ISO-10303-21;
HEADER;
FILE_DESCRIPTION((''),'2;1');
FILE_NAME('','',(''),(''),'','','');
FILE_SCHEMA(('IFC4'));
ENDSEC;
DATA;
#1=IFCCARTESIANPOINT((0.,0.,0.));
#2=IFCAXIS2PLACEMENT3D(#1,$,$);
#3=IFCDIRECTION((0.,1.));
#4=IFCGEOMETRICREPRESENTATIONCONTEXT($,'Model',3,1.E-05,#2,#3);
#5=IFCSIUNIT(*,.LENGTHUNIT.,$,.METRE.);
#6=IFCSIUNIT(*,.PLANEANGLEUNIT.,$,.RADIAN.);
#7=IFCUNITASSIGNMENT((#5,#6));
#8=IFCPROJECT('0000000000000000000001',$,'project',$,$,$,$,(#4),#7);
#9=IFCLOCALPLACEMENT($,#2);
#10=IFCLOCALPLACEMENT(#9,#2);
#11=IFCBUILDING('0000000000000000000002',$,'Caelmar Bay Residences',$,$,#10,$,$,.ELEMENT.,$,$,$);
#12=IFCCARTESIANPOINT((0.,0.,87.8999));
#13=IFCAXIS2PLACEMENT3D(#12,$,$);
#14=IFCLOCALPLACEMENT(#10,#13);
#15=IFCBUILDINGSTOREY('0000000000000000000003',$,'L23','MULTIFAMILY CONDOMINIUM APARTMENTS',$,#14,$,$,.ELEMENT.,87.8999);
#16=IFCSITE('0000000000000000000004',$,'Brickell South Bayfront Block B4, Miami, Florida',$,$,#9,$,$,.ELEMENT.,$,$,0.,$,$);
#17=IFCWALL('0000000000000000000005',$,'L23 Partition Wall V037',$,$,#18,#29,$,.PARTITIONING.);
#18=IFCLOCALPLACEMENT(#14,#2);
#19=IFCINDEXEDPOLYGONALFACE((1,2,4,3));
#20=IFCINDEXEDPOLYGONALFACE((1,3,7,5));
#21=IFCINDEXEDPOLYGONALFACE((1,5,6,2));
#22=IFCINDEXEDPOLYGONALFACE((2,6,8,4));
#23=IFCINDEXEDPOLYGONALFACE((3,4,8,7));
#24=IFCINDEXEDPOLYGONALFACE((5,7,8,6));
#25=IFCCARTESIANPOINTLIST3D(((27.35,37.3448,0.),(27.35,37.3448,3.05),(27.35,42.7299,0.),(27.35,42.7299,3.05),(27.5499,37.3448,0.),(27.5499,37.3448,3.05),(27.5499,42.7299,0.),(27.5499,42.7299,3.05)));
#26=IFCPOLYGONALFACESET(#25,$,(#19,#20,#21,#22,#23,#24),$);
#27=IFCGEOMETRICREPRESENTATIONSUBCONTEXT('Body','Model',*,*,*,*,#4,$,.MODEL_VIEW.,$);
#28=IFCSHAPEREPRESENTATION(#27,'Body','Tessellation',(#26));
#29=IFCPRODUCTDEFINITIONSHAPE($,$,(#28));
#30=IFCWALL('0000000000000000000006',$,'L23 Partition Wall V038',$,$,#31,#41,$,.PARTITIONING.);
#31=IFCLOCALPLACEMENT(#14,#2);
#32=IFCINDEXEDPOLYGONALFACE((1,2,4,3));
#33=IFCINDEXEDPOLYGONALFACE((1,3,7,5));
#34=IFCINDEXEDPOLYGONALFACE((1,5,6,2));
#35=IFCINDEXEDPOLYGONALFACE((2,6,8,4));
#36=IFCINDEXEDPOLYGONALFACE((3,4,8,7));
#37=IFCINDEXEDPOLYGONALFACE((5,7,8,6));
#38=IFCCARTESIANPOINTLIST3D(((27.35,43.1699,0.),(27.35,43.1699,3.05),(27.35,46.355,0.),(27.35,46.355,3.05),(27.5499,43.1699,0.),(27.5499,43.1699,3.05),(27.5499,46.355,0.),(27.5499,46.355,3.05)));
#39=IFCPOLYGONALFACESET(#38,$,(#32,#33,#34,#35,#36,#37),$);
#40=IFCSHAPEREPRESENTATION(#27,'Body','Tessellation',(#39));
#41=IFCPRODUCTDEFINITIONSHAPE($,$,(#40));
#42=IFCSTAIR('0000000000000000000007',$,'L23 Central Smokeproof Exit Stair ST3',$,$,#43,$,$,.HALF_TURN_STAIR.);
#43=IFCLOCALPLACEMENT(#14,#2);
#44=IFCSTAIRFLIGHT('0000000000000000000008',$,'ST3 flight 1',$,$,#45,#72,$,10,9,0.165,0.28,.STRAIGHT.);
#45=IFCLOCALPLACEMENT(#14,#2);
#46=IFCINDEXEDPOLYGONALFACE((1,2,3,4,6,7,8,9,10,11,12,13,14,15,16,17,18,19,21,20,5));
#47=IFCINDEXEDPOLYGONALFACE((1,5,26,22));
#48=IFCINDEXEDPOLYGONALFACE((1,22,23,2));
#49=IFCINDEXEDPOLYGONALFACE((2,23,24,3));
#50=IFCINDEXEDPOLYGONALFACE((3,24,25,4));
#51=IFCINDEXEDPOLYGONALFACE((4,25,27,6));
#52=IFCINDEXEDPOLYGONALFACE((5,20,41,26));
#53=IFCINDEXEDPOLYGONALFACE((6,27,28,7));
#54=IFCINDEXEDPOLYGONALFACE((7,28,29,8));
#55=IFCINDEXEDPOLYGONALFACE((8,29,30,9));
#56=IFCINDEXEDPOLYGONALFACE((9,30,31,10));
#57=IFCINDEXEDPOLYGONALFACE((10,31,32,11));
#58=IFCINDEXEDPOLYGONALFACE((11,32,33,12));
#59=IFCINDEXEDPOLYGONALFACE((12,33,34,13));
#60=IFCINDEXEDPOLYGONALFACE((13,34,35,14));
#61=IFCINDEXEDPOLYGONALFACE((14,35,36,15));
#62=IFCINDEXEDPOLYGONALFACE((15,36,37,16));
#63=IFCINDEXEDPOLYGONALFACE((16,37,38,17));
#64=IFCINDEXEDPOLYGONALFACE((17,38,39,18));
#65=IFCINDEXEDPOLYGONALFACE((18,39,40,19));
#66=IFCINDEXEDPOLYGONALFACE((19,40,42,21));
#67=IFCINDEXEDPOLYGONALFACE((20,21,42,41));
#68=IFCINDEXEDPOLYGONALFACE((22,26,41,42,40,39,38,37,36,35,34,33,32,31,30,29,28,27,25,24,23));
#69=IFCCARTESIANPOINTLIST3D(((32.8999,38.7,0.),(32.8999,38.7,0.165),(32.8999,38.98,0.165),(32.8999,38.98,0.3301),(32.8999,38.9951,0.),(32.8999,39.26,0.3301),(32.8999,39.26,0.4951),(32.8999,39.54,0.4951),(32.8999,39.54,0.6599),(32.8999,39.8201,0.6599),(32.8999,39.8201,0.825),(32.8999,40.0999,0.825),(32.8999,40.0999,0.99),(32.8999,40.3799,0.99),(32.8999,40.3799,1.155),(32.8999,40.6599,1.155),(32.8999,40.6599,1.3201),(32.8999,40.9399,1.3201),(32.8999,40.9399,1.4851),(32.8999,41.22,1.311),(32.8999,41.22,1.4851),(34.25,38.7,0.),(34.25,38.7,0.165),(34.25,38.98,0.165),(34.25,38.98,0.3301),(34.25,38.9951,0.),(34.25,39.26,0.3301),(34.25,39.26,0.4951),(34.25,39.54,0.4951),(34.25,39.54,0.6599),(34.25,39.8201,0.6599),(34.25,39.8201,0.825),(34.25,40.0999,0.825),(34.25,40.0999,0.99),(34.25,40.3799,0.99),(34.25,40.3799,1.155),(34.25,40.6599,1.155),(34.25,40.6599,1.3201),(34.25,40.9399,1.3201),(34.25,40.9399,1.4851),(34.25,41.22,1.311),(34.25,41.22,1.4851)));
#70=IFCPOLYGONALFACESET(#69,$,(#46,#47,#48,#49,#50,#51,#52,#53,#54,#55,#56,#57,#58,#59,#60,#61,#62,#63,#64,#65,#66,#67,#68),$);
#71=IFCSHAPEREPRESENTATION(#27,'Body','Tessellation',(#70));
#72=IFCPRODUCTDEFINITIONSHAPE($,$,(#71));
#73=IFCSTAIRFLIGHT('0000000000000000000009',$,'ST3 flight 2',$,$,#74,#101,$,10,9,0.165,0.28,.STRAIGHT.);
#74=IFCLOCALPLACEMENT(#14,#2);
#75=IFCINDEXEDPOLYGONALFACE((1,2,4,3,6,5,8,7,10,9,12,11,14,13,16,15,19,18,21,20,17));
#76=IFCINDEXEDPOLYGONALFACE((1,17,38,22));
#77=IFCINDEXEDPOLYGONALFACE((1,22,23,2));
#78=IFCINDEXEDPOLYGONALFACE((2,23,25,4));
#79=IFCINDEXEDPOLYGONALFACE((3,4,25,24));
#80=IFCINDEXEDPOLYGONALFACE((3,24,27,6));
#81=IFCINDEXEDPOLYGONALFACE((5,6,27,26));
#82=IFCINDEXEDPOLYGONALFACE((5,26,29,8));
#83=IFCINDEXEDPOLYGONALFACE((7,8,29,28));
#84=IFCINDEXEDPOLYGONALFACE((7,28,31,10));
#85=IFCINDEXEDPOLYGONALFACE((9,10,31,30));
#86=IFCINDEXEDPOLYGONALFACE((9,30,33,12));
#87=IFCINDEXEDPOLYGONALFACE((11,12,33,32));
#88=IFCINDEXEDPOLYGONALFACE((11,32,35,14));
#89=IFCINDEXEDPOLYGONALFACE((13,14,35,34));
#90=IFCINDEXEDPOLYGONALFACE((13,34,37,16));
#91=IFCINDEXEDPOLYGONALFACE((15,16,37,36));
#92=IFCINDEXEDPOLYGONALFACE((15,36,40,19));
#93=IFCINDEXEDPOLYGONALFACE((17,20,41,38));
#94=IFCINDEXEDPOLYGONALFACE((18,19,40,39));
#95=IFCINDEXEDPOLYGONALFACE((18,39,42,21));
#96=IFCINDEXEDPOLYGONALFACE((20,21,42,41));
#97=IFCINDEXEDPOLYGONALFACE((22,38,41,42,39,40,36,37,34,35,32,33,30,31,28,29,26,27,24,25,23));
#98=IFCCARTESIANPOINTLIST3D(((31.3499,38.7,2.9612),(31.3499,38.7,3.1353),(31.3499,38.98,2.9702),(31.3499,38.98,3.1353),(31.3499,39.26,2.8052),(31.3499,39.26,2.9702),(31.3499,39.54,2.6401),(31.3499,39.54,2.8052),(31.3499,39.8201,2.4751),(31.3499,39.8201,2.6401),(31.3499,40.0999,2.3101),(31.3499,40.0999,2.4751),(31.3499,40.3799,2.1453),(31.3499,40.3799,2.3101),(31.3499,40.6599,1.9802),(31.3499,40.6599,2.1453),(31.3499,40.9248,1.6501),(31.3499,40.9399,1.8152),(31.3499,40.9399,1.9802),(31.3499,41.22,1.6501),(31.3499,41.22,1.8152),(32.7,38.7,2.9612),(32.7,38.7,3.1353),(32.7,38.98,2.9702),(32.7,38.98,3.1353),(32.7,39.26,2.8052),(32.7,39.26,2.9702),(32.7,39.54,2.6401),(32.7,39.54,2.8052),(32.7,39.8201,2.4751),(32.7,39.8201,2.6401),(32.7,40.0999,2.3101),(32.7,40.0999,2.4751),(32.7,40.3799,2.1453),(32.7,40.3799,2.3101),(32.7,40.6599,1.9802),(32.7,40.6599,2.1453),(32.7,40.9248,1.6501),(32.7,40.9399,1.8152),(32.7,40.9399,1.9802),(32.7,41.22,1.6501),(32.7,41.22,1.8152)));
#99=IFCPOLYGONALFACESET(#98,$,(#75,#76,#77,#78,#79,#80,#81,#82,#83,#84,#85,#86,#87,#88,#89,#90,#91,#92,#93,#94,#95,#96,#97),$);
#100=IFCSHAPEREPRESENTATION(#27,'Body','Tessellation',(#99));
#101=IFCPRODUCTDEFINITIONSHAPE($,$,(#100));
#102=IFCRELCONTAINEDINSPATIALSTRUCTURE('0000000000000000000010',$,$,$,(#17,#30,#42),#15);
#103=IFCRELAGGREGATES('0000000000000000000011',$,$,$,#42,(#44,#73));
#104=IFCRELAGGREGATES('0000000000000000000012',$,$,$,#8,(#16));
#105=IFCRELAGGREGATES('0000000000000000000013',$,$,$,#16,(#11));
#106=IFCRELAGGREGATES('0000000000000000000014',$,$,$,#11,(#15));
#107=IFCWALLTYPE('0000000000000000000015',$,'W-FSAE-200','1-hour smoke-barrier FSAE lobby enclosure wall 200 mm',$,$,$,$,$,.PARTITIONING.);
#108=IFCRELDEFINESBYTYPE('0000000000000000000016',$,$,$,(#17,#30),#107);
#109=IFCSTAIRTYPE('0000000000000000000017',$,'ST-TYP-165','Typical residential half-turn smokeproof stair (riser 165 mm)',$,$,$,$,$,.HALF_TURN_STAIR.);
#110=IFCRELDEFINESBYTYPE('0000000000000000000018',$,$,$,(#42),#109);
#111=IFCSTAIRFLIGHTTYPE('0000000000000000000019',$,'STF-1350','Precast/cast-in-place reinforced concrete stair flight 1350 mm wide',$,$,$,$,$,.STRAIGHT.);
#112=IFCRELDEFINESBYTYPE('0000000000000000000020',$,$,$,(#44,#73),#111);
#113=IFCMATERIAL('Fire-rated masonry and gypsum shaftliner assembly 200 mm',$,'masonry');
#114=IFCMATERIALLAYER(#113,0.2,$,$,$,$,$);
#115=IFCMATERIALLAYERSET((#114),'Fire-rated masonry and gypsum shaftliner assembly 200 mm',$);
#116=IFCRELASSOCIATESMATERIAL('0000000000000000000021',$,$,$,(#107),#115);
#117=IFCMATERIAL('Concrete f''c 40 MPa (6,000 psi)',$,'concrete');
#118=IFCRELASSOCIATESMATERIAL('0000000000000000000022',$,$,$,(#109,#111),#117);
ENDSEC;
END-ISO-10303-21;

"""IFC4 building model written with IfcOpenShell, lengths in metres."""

from ifc_helpers import new_model, si_unit, direction, frame, frame_2d, origin, place, context, subcontext, project, spatial, polyline, rectangle, outline, extrude, material, layer, layer_set, type_object, element, aggregate, save


model = new_model("IFC4")

# Units and contexts
model_context = context("Model", 3, precision=1e-05, world=origin(), true_north=direction((0.0, 1.0)))
body_context = subcontext(model_context, "Body", "Model", "MODEL_VIEW")
ifc_project = project(units=[si_unit("LENGTHUNIT", "METRE"), si_unit("PLANEANGLEUNIT", "RADIAN")], contexts=[model_context])

# Site, building, storey
site_placement = place(None, origin())
site = spatial("IfcSite", under=ifc_project, at=site_placement, Name="Brickell South Bayfront Block B4, Miami, Florida", CompositionType="ELEMENT", RefElevation=0.0)
building_placement = place(site_placement, origin())
building = spatial("IfcBuilding", under=site, at=building_placement, Name="Caelmar Bay Residences", CompositionType="ELEMENT")
storey_placement = place(building_placement, frame((0.0, 0.0, 87.8999)))
storey = spatial("IfcBuildingStorey", under=building, at=storey_placement, Name="L23", Description="MULTIFAMILY CONDOMINIUM APARTMENTS", CompositionType="ELEMENT", Elevation=87.8999)

# Walls
ifc_material_1 = material(Name="Fire-rated masonry and gypsum shaftliner assembly 200 mm", Category="masonry")
ifc_layer_1 = layer(ifc_material_1, 0.2)
ifc_layer_set_1 = layer_set([ifc_layer_1], Name="Fire-rated masonry and gypsum shaftliner assembly 200 mm")
wall_type_1 = type_object("IfcWallType", Name="W-FSAE-200", Description="1-hour smoke-barrier FSAE lobby enclosure wall 200 mm", PredefinedType="PARTITIONING", material=ifc_layer_set_1)
wall_1_placement = place(storey_placement, frame((27.45, 37.345, 0.0), z_axis=(0.0, 0.0, 1.0), x_axis=(0.0, 1.0, 0.0)))
element("IfcWall", 1, at=wall_1_placement, inside=storey, type_object=wall_type_1, Name="L23 Partition Wall V037", PredefinedType="PARTITIONING", context=body_context, shape_type="SweptSolid", body=[
    extrude(rectangle(XDim=5.385, YDim=0.2, at=frame_2d((2.6924, 0.0))), origin(), (0.0, 0.0, 1.0), 3.05),
])
wall_2_placement = place(storey_placement, frame((27.45, 43.1699, 0.0), z_axis=(0.0, 0.0, 1.0), x_axis=(0.0, 1.0, 0.0)))
element("IfcWall", 2, at=wall_2_placement, inside=storey, type_object=wall_type_1, Name="L23 Partition Wall V038", PredefinedType="PARTITIONING", context=body_context, shape_type="SweptSolid", body=[
    extrude(rectangle(XDim=3.1851, YDim=0.2, at=frame_2d((1.5925, 0.0))), origin(), (0.0, 0.0, 1.0), 3.05),
])

# Stair, stair flights
ifc_material_2 = material(Name="Concrete f'c 40 MPa (6,000 psi)", Category="concrete")
stair_type = type_object("IfcStairType", Name="ST-TYP-165", Description="Typical residential half-turn smokeproof stair (riser 165 mm)", PredefinedType="HALF_TURN_STAIR", material=ifc_material_2)
stair_placement = place(storey_placement, origin())
stair = element("IfcStair", 3, at=stair_placement, inside=storey, type_object=stair_type, Name="L23 Central Smokeproof Exit Stair ST3", PredefinedType="HALF_TURN_STAIR")
stair_flight_type = type_object("IfcStairFlightType", Name="STF-1350", Description="Precast/cast-in-place reinforced concrete stair flight 1350 mm wide", PredefinedType="STRAIGHT", material=ifc_material_2)
stair_flight_1_placement = place(storey_placement, frame((33.575, 38.7, 0.0), z_axis=(0.0, 0.0, 1.0), x_axis=(0.0, 1.0, 0.0)))
stair_flight_1 = element("IfcStairFlight", 4, at=stair_flight_1_placement, type_object=stair_flight_type, Name="ST3 flight 1", NumberOfRisers=10, NumberOfTreads=9, PredefinedType="STRAIGHT", RiserHeight=0.165, TreadLength=0.28, context=body_context, shape_type="SweptSolid", body=[
    extrude(outline(polyline([(0.0, 0.0), (0.0, 0.165), (0.28, 0.165), (0.28, 0.3301), (0.5601, 0.3301), (0.5601, 0.4951), (0.8401, 0.4951), (0.8401, 0.6599), (1.1201, 0.6599), (1.1201, 0.825), (1.3999, 0.825), (1.3999, 0.99), (1.6799, 0.99), (1.6799, 1.155), (1.96, 1.155), (1.96, 1.3201), (2.24, 1.3201), (2.24, 1.4851), (2.52, 1.4851), (2.52, 1.6499), (2.52, 1.311), (0.2952, 0.0), (0.0, 0.0)])), frame((0.0, 0.675, 0.0), z_axis=(0.0, -1.0, 0.0), x_axis=(1.0, 0.0, 0.0)), (0.0, 0.0, 1.0), 1.3501),
])
stair_flight_2_placement = place(storey_placement, frame((32.0249, 41.22, 1.6501), z_axis=(0.0, 0.0, 1.0), x_axis=(0.0, -1.0, 0.0)))
stair_flight_2 = element("IfcStairFlight", 5, at=stair_flight_2_placement, type_object=stair_flight_type, Name="ST3 flight 2", NumberOfRisers=10, NumberOfTreads=9, PredefinedType="STRAIGHT", RiserHeight=0.165, TreadLength=0.28, context=body_context, shape_type="SweptSolid", body=[
    extrude(outline(polyline([(0.0, 0.0), (0.0, 0.165), (0.28, 0.165), (0.28, 0.3301), (0.5601, 0.3301), (0.5601, 0.4951), (0.8401, 0.4951), (0.8401, 0.6599), (1.1201, 0.6599), (1.1201, 0.825), (1.3999, 0.825), (1.3999, 0.99), (1.6799, 0.99), (1.6799, 1.155), (1.96, 1.155), (1.96, 1.3201), (2.24, 1.3201), (2.24, 1.4851), (2.52, 1.4851), (2.52, 1.6499), (2.52, 1.311), (0.2952, 0.0), (0.0, 0.0)])), frame((0.0, 0.675, 0.0), z_axis=(0.0, -1.0, 0.0), x_axis=(1.0, 0.0, 0.0)), (0.0, 0.0, 1.0), 1.3501),
])
aggregate(stair, [stair_flight_1, stair_flight_2])

save(model, "model.ifc")
